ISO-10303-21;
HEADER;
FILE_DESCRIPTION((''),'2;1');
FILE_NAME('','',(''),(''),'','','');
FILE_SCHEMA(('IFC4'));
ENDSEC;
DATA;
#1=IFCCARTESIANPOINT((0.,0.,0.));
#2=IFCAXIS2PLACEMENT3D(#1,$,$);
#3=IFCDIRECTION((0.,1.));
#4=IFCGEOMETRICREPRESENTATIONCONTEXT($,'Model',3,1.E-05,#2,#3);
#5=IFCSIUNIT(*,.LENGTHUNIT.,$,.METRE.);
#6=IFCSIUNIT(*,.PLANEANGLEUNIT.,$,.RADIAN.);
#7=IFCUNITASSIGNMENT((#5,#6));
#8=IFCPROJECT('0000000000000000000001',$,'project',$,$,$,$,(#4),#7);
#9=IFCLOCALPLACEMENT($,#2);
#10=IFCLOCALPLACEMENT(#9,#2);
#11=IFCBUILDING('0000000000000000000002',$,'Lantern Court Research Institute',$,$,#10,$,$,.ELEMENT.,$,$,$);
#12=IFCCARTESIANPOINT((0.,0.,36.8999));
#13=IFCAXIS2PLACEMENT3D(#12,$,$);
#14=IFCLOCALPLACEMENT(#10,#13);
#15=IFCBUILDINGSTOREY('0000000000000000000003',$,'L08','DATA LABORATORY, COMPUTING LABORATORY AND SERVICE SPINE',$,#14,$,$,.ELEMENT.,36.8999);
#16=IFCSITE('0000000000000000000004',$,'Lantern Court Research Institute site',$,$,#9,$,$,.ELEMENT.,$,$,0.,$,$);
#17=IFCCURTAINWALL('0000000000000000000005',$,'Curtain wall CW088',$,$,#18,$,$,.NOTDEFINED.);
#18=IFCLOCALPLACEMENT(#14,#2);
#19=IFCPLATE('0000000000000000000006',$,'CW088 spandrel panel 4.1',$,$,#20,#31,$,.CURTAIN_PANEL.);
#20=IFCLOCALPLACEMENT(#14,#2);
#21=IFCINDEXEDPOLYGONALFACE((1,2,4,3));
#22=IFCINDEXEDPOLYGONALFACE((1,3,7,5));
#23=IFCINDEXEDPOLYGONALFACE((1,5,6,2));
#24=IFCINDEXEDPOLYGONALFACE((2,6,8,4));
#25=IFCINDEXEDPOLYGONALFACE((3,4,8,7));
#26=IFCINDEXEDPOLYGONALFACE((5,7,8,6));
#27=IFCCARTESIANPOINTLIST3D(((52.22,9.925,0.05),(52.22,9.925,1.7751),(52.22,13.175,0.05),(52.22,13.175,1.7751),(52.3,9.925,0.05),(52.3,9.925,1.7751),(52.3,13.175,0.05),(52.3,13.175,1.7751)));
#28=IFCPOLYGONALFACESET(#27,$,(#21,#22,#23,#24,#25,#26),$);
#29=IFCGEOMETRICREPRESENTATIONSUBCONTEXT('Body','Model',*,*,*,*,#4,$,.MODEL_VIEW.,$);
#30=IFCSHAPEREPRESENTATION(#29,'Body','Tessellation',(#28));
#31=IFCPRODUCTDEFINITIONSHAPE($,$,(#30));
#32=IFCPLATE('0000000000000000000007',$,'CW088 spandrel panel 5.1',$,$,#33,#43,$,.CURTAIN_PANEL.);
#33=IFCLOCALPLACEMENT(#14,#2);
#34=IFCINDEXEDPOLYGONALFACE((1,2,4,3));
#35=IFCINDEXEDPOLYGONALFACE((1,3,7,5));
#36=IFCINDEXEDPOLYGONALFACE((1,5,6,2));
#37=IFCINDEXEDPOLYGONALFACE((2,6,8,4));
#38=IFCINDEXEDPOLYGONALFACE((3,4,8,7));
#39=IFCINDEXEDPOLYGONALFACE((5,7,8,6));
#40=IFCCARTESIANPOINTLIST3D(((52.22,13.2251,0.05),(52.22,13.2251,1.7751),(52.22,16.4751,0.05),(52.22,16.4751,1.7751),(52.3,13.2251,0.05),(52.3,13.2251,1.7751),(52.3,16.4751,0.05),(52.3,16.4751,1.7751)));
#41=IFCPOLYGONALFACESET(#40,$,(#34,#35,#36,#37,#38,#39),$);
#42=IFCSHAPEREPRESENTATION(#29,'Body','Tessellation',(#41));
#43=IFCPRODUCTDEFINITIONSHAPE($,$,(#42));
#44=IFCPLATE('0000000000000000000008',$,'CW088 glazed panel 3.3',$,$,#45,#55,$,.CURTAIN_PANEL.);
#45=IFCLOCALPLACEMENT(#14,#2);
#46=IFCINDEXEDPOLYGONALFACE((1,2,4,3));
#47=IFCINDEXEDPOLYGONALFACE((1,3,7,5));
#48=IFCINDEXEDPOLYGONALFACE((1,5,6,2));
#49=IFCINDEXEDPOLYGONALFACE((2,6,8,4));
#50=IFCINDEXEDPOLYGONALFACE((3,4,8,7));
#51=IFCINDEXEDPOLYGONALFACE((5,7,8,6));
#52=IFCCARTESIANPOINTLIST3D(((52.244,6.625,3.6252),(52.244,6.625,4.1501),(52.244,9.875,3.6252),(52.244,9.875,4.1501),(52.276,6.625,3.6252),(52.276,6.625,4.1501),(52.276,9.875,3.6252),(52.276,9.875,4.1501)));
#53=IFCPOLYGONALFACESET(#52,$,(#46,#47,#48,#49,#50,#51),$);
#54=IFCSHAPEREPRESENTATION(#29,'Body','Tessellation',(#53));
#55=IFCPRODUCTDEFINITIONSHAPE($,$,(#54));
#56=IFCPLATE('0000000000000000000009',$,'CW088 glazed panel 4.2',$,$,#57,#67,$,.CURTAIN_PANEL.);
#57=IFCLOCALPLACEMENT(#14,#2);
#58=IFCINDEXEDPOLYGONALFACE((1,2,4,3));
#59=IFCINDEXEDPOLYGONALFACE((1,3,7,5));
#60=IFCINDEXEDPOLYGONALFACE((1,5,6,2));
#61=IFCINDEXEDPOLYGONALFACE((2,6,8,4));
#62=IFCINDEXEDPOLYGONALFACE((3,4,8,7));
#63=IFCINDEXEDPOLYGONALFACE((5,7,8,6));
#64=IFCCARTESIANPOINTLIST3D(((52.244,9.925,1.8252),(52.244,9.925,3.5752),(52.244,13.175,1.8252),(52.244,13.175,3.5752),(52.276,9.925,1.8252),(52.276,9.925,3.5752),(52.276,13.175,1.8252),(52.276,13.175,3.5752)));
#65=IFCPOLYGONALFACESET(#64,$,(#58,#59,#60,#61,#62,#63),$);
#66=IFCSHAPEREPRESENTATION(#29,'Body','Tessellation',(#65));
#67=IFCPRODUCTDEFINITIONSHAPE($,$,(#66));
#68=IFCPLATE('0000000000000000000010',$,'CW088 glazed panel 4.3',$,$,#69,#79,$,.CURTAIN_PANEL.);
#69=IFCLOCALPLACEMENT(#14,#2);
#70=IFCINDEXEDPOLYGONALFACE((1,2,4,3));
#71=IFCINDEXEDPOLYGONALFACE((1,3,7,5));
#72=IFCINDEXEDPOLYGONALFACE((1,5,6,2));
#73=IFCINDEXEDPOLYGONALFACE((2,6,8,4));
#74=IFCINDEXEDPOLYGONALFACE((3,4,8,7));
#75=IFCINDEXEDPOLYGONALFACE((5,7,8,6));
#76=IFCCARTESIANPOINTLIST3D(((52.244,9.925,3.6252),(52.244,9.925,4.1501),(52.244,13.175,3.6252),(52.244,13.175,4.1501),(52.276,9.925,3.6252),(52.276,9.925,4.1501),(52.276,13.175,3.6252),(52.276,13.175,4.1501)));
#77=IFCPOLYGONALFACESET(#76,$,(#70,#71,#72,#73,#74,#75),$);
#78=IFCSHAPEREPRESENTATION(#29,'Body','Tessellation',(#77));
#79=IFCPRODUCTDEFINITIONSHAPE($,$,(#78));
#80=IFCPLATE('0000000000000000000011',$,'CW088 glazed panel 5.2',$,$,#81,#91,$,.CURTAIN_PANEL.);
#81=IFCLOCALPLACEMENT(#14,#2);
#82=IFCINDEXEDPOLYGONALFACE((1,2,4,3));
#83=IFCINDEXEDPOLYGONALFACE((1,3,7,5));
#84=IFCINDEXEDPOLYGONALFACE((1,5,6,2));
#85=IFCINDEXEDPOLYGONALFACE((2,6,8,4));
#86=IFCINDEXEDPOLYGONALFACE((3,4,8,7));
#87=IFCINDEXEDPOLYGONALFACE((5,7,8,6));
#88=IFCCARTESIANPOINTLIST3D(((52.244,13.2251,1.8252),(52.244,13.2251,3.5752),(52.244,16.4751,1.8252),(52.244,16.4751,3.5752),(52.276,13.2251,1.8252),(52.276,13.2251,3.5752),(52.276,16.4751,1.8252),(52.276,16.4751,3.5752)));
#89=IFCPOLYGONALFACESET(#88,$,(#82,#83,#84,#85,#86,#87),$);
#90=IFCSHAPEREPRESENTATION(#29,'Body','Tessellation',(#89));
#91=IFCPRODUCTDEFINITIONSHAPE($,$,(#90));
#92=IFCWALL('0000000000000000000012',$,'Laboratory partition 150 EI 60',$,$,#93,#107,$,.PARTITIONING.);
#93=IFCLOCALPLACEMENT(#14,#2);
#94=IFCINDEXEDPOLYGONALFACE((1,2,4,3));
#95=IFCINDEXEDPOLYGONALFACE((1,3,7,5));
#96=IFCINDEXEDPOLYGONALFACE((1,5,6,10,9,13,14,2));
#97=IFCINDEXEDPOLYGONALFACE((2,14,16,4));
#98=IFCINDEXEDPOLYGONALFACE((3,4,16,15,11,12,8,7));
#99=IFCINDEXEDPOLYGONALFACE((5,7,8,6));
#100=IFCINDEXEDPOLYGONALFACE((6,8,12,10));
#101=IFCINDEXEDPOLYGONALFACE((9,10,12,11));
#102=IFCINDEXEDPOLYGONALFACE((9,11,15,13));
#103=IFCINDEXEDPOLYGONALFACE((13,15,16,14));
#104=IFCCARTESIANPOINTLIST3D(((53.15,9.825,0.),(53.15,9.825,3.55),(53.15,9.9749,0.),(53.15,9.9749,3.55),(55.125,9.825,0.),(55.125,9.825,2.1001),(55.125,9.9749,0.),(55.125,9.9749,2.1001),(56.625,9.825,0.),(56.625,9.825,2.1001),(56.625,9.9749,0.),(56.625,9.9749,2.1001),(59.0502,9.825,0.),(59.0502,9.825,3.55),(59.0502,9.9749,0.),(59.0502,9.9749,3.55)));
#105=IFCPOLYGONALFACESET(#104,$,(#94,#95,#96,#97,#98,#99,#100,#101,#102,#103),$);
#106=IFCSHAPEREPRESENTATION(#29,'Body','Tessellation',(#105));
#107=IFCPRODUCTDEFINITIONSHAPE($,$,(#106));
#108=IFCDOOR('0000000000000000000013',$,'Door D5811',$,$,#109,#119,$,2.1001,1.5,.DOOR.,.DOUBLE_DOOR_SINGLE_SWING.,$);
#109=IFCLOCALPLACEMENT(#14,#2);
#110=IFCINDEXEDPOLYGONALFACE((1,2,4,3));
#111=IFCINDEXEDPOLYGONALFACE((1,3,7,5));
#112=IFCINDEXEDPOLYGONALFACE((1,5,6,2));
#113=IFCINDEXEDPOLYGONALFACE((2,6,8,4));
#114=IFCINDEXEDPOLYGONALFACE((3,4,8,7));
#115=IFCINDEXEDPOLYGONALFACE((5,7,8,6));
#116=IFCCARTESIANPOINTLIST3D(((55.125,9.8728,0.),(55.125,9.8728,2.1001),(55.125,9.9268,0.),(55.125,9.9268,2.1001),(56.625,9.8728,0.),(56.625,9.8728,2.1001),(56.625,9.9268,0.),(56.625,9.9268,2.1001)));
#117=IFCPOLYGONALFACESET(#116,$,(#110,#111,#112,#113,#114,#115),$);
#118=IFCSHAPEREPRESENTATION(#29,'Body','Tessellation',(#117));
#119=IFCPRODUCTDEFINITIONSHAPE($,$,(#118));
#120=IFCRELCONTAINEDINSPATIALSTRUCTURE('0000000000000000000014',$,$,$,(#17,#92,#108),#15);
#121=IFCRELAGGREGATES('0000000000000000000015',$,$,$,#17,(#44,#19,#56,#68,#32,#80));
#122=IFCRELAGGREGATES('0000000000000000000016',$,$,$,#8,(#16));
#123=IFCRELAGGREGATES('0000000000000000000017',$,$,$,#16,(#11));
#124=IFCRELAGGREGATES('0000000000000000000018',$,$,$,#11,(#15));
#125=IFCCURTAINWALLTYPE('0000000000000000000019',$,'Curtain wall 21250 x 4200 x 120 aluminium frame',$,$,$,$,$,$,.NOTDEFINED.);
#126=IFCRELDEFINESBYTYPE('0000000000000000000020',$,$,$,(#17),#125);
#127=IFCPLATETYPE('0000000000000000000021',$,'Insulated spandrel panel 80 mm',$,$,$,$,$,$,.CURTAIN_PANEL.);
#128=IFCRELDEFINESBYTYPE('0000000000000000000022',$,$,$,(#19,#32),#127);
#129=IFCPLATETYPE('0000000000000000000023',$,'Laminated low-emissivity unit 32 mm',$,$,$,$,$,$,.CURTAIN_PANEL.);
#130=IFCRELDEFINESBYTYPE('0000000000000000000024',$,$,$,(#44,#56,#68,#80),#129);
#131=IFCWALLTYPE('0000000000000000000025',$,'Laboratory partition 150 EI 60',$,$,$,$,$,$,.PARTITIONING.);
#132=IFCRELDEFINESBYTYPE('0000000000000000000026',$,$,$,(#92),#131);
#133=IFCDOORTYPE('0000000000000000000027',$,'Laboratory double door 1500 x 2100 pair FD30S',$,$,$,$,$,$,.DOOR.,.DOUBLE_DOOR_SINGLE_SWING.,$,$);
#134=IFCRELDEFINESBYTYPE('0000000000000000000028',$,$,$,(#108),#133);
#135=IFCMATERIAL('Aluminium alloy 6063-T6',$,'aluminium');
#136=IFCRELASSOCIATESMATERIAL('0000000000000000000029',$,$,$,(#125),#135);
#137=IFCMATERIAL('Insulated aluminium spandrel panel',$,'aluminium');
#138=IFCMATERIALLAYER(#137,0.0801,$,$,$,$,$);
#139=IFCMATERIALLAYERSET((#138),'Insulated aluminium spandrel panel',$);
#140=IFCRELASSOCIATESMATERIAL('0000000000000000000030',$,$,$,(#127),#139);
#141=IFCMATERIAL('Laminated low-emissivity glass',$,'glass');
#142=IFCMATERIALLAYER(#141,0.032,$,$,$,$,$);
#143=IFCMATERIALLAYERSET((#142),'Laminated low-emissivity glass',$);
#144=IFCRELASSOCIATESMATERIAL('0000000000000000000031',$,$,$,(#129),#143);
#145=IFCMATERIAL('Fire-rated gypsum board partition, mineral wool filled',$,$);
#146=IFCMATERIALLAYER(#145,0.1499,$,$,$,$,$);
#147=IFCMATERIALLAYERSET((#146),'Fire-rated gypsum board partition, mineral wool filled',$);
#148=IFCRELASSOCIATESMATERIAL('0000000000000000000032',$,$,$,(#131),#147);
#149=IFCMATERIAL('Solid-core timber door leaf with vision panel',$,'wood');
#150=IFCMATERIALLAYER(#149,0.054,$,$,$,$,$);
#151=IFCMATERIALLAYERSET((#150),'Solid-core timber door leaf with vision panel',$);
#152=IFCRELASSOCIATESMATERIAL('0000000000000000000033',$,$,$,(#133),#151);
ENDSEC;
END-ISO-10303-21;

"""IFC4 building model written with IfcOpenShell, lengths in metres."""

from ifc_helpers import new_model, si_unit, direction, frame, frame_2d, origin, origin_2d, place, context, subcontext, project, spatial, rectangle, extrude, material, layer, layer_set, type_object, element, fill, aggregate, save


model = new_model("IFC4")

# Units and contexts
model_context = context("Model", 3, precision=1e-05, world=origin(), true_north=direction((0.0, 1.0)))
body_context = subcontext(model_context, "Body", "Model", "MODEL_VIEW")
ifc_project = project(units=[si_unit("LENGTHUNIT", "METRE"), si_unit("PLANEANGLEUNIT", "RADIAN")], contexts=[model_context])

# Site, building, storey
site_placement = place(None, origin())
site = spatial("IfcSite", under=ifc_project, at=site_placement, Name="Lantern Court Research Institute site", CompositionType="ELEMENT", RefElevation=0.0)
building_placement = place(site_placement, origin())
building = spatial("IfcBuilding", under=site, at=building_placement, Name="Lantern Court Research Institute", CompositionType="ELEMENT")
storey_placement = place(building_placement, frame((0.0, 0.0, 36.8999)))
storey = spatial("IfcBuildingStorey", under=building, at=storey_placement, Name="L08", Description="DATA LABORATORY, COMPUTING LABORATORY AND SERVICE SPINE", CompositionType="ELEMENT", Elevation=36.8999)

# Curtain wall, plates
ifc_material_1 = material(Name="Aluminium alloy 6063-T6", Category="aluminium")
curtain_wall_type = type_object("IfcCurtainWallType", Name="Curtain wall 21250 x 4200 x 120 aluminium frame", PredefinedType="NOTDEFINED", material=ifc_material_1)
curtain_wall_placement = place(storey_placement, origin())
curtain_wall = element("IfcCurtainWall", 1, at=curtain_wall_placement, inside=storey, type_object=curtain_wall_type, Name="Curtain wall CW088", PredefinedType="NOTDEFINED")
ifc_material_2 = material(Name="Insulated aluminium spandrel panel", Category="aluminium")
ifc_layer_1 = layer(ifc_material_2, 0.0801)
ifc_layer_set_1 = layer_set([ifc_layer_1], Name="Insulated aluminium spandrel panel")
plate_type_1 = type_object("IfcPlateType", Name="Insulated spandrel panel 80 mm", PredefinedType="CURTAIN_PANEL", material=ifc_layer_set_1)
plate_1_placement = place(storey_placement, frame((52.26, 11.55, 0.05), z_axis=(0.0, 0.0, 1.0), x_axis=(0.0, 1.0, 0.0)))
plate_1 = element("IfcPlate", 2, at=plate_1_placement, type_object=plate_type_1, Name="CW088 spandrel panel 4.1", PredefinedType="CURTAIN_PANEL", context=body_context, shape_type="SweptSolid", body=[
    extrude(rectangle(XDim=3.25, YDim=0.0801, at=origin_2d()), origin(), (0.0, 0.0, 1.0), 1.7251),
])
plate_2_placement = place(storey_placement, frame((52.26, 14.8501, 0.05), z_axis=(0.0, 0.0, 1.0), x_axis=(0.0, 1.0, 0.0)))
plate_2 = element("IfcPlate", 3, at=plate_2_placement, type_object=plate_type_1, Name="CW088 spandrel panel 5.1", PredefinedType="CURTAIN_PANEL", context=body_context, shape_type="SweptSolid", body=[
    extrude(rectangle(XDim=3.25, YDim=0.0801, at=origin_2d()), origin(), (0.0, 0.0, 1.0), 1.7251),
])
ifc_material_3 = material(Name="Laminated low-emissivity glass", Category="glass")
ifc_layer_2 = layer(ifc_material_3, 0.032)
ifc_layer_set_2 = layer_set([ifc_layer_2], Name="Laminated low-emissivity glass")
plate_type_2 = type_object("IfcPlateType", Name="Laminated low-emissivity unit 32 mm", PredefinedType="CURTAIN_PANEL", material=ifc_layer_set_2)
plate_3_placement = place(storey_placement, frame((52.26, 8.25, 3.6252), z_axis=(0.0, 0.0, 1.0), x_axis=(0.0, 1.0, 0.0)))
plate_3 = element("IfcPlate", 4, at=plate_3_placement, type_object=plate_type_2, Name="CW088 glazed panel 3.3", PredefinedType="CURTAIN_PANEL", context=body_context, shape_type="SweptSolid", body=[
    extrude(rectangle(XDim=3.25, YDim=0.032, at=origin_2d()), origin(), (0.0, 0.0, 1.0), 0.5249),
])
plate_4_placement = place(storey_placement, frame((52.26, 11.55, 1.8252), z_axis=(0.0, 0.0, 1.0), x_axis=(0.0, 1.0, 0.0)))
plate_4 = element("IfcPlate", 5, at=plate_4_placement, type_object=plate_type_2, Name="CW088 glazed panel 4.2", PredefinedType="CURTAIN_PANEL", context=body_context, shape_type="SweptSolid", body=[
    extrude(rectangle(XDim=3.25, YDim=0.032, at=origin_2d()), origin(), (0.0, 0.0, 1.0), 1.75),
])
plate_5_placement = place(storey_placement, frame((52.26, 11.55, 3.6252), z_axis=(0.0, 0.0, 1.0), x_axis=(0.0, 1.0, 0.0)))
plate_5 = element("IfcPlate", 6, at=plate_5_placement, type_object=plate_type_2, Name="CW088 glazed panel 4.3", PredefinedType="CURTAIN_PANEL", context=body_context, shape_type="SweptSolid", body=[
    extrude(rectangle(XDim=3.25, YDim=0.032, at=origin_2d()), origin(), (0.0, 0.0, 1.0), 0.5249),
])
plate_6_placement = place(storey_placement, frame((52.26, 14.8501, 1.8252), z_axis=(0.0, 0.0, 1.0), x_axis=(0.0, 1.0, 0.0)))
plate_6 = element("IfcPlate", 7, at=plate_6_placement, type_object=plate_type_2, Name="CW088 glazed panel 5.2", PredefinedType="CURTAIN_PANEL", context=body_context, shape_type="SweptSolid", body=[
    extrude(rectangle(XDim=3.25, YDim=0.032, at=origin_2d()), origin(), (0.0, 0.0, 1.0), 1.75),
])
aggregate(curtain_wall, [plate_3, plate_1, plate_4, plate_5, plate_2, plate_6])

# Wall, opening, door
ifc_material_4 = material(Name="Fire-rated gypsum board partition, mineral wool filled")
ifc_layer_3 = layer(ifc_material_4, 0.1499)
ifc_layer_set_3 = layer_set([ifc_layer_3], Name="Fire-rated gypsum board partition, mineral wool filled")
wall_type = type_object("IfcWallType", Name="Laboratory partition 150 EI 60", PredefinedType="PARTITIONING", material=ifc_layer_set_3)
wall_placement = place(storey_placement, frame((53.1499, 9.8999, 0.0), z_axis=(0.0, 0.0, 1.0), x_axis=(1.0, 0.0, 0.0)))
wall = element("IfcWall", 8, at=wall_placement, inside=storey, type_object=wall_type, Name="Laboratory partition 150 EI 60", PredefinedType="PARTITIONING", context=body_context, shape_type="SweptSolid", body=[
    extrude(rectangle(XDim=5.9001, YDim=0.1499, at=frame_2d((2.9502, 0.0))), origin(), (0.0, 0.0, 1.0), 3.55),
])
opening_placement = place(wall_placement, frame((1.9751, 0.0, 0.0)))
opening = element("IfcOpeningElement", 9, at=opening_placement, cuts=wall, PredefinedType="OPENING", context=body_context, shape_type="SweptSolid", body=[
    extrude(rectangle(XDim=1.5, YDim=2.1001, at=frame_2d((0.75, 1.05))), frame((0.0, 0.085, 0.0), z_axis=(0.0, -1.0, 0.0), x_axis=(1.0, 0.0, 0.0)), (0.0, 0.0, 1.0), 0.1699),
])
ifc_material_5 = material(Name="Solid-core timber door leaf with vision panel", Category="wood")
ifc_layer_4 = layer(ifc_material_5, 0.054)
ifc_layer_set_4 = layer_set([ifc_layer_4], Name="Solid-core timber door leaf with vision panel")
door_type = type_object("IfcDoorType", Name="Laboratory double door 1500 x 2100 pair FD30S", OperationType="DOUBLE_DOOR_SINGLE_SWING", PredefinedType="DOOR", material=ifc_layer_set_4)
door_placement = place(opening_placement, origin())
door = element("IfcDoor", 10, at=door_placement, inside=storey, type_object=door_type, Name="Door D5811", OperationType="DOUBLE_DOOR_SINGLE_SWING", OverallHeight=2.1001, OverallWidth=1.5, PredefinedType="DOOR", context=body_context, shape_type="SweptSolid", body=[
    extrude(rectangle(XDim=1.5, YDim=2.1001, at=frame_2d((0.75, 1.05))), frame((0.0, 0.0269, 0.0), z_axis=(0.0, -1.0, 0.0), x_axis=(1.0, 0.0, 0.0)), (0.0, 0.0, 1.0), 0.054),
])
fill(opening, door)

save(model, "model.ifc")
